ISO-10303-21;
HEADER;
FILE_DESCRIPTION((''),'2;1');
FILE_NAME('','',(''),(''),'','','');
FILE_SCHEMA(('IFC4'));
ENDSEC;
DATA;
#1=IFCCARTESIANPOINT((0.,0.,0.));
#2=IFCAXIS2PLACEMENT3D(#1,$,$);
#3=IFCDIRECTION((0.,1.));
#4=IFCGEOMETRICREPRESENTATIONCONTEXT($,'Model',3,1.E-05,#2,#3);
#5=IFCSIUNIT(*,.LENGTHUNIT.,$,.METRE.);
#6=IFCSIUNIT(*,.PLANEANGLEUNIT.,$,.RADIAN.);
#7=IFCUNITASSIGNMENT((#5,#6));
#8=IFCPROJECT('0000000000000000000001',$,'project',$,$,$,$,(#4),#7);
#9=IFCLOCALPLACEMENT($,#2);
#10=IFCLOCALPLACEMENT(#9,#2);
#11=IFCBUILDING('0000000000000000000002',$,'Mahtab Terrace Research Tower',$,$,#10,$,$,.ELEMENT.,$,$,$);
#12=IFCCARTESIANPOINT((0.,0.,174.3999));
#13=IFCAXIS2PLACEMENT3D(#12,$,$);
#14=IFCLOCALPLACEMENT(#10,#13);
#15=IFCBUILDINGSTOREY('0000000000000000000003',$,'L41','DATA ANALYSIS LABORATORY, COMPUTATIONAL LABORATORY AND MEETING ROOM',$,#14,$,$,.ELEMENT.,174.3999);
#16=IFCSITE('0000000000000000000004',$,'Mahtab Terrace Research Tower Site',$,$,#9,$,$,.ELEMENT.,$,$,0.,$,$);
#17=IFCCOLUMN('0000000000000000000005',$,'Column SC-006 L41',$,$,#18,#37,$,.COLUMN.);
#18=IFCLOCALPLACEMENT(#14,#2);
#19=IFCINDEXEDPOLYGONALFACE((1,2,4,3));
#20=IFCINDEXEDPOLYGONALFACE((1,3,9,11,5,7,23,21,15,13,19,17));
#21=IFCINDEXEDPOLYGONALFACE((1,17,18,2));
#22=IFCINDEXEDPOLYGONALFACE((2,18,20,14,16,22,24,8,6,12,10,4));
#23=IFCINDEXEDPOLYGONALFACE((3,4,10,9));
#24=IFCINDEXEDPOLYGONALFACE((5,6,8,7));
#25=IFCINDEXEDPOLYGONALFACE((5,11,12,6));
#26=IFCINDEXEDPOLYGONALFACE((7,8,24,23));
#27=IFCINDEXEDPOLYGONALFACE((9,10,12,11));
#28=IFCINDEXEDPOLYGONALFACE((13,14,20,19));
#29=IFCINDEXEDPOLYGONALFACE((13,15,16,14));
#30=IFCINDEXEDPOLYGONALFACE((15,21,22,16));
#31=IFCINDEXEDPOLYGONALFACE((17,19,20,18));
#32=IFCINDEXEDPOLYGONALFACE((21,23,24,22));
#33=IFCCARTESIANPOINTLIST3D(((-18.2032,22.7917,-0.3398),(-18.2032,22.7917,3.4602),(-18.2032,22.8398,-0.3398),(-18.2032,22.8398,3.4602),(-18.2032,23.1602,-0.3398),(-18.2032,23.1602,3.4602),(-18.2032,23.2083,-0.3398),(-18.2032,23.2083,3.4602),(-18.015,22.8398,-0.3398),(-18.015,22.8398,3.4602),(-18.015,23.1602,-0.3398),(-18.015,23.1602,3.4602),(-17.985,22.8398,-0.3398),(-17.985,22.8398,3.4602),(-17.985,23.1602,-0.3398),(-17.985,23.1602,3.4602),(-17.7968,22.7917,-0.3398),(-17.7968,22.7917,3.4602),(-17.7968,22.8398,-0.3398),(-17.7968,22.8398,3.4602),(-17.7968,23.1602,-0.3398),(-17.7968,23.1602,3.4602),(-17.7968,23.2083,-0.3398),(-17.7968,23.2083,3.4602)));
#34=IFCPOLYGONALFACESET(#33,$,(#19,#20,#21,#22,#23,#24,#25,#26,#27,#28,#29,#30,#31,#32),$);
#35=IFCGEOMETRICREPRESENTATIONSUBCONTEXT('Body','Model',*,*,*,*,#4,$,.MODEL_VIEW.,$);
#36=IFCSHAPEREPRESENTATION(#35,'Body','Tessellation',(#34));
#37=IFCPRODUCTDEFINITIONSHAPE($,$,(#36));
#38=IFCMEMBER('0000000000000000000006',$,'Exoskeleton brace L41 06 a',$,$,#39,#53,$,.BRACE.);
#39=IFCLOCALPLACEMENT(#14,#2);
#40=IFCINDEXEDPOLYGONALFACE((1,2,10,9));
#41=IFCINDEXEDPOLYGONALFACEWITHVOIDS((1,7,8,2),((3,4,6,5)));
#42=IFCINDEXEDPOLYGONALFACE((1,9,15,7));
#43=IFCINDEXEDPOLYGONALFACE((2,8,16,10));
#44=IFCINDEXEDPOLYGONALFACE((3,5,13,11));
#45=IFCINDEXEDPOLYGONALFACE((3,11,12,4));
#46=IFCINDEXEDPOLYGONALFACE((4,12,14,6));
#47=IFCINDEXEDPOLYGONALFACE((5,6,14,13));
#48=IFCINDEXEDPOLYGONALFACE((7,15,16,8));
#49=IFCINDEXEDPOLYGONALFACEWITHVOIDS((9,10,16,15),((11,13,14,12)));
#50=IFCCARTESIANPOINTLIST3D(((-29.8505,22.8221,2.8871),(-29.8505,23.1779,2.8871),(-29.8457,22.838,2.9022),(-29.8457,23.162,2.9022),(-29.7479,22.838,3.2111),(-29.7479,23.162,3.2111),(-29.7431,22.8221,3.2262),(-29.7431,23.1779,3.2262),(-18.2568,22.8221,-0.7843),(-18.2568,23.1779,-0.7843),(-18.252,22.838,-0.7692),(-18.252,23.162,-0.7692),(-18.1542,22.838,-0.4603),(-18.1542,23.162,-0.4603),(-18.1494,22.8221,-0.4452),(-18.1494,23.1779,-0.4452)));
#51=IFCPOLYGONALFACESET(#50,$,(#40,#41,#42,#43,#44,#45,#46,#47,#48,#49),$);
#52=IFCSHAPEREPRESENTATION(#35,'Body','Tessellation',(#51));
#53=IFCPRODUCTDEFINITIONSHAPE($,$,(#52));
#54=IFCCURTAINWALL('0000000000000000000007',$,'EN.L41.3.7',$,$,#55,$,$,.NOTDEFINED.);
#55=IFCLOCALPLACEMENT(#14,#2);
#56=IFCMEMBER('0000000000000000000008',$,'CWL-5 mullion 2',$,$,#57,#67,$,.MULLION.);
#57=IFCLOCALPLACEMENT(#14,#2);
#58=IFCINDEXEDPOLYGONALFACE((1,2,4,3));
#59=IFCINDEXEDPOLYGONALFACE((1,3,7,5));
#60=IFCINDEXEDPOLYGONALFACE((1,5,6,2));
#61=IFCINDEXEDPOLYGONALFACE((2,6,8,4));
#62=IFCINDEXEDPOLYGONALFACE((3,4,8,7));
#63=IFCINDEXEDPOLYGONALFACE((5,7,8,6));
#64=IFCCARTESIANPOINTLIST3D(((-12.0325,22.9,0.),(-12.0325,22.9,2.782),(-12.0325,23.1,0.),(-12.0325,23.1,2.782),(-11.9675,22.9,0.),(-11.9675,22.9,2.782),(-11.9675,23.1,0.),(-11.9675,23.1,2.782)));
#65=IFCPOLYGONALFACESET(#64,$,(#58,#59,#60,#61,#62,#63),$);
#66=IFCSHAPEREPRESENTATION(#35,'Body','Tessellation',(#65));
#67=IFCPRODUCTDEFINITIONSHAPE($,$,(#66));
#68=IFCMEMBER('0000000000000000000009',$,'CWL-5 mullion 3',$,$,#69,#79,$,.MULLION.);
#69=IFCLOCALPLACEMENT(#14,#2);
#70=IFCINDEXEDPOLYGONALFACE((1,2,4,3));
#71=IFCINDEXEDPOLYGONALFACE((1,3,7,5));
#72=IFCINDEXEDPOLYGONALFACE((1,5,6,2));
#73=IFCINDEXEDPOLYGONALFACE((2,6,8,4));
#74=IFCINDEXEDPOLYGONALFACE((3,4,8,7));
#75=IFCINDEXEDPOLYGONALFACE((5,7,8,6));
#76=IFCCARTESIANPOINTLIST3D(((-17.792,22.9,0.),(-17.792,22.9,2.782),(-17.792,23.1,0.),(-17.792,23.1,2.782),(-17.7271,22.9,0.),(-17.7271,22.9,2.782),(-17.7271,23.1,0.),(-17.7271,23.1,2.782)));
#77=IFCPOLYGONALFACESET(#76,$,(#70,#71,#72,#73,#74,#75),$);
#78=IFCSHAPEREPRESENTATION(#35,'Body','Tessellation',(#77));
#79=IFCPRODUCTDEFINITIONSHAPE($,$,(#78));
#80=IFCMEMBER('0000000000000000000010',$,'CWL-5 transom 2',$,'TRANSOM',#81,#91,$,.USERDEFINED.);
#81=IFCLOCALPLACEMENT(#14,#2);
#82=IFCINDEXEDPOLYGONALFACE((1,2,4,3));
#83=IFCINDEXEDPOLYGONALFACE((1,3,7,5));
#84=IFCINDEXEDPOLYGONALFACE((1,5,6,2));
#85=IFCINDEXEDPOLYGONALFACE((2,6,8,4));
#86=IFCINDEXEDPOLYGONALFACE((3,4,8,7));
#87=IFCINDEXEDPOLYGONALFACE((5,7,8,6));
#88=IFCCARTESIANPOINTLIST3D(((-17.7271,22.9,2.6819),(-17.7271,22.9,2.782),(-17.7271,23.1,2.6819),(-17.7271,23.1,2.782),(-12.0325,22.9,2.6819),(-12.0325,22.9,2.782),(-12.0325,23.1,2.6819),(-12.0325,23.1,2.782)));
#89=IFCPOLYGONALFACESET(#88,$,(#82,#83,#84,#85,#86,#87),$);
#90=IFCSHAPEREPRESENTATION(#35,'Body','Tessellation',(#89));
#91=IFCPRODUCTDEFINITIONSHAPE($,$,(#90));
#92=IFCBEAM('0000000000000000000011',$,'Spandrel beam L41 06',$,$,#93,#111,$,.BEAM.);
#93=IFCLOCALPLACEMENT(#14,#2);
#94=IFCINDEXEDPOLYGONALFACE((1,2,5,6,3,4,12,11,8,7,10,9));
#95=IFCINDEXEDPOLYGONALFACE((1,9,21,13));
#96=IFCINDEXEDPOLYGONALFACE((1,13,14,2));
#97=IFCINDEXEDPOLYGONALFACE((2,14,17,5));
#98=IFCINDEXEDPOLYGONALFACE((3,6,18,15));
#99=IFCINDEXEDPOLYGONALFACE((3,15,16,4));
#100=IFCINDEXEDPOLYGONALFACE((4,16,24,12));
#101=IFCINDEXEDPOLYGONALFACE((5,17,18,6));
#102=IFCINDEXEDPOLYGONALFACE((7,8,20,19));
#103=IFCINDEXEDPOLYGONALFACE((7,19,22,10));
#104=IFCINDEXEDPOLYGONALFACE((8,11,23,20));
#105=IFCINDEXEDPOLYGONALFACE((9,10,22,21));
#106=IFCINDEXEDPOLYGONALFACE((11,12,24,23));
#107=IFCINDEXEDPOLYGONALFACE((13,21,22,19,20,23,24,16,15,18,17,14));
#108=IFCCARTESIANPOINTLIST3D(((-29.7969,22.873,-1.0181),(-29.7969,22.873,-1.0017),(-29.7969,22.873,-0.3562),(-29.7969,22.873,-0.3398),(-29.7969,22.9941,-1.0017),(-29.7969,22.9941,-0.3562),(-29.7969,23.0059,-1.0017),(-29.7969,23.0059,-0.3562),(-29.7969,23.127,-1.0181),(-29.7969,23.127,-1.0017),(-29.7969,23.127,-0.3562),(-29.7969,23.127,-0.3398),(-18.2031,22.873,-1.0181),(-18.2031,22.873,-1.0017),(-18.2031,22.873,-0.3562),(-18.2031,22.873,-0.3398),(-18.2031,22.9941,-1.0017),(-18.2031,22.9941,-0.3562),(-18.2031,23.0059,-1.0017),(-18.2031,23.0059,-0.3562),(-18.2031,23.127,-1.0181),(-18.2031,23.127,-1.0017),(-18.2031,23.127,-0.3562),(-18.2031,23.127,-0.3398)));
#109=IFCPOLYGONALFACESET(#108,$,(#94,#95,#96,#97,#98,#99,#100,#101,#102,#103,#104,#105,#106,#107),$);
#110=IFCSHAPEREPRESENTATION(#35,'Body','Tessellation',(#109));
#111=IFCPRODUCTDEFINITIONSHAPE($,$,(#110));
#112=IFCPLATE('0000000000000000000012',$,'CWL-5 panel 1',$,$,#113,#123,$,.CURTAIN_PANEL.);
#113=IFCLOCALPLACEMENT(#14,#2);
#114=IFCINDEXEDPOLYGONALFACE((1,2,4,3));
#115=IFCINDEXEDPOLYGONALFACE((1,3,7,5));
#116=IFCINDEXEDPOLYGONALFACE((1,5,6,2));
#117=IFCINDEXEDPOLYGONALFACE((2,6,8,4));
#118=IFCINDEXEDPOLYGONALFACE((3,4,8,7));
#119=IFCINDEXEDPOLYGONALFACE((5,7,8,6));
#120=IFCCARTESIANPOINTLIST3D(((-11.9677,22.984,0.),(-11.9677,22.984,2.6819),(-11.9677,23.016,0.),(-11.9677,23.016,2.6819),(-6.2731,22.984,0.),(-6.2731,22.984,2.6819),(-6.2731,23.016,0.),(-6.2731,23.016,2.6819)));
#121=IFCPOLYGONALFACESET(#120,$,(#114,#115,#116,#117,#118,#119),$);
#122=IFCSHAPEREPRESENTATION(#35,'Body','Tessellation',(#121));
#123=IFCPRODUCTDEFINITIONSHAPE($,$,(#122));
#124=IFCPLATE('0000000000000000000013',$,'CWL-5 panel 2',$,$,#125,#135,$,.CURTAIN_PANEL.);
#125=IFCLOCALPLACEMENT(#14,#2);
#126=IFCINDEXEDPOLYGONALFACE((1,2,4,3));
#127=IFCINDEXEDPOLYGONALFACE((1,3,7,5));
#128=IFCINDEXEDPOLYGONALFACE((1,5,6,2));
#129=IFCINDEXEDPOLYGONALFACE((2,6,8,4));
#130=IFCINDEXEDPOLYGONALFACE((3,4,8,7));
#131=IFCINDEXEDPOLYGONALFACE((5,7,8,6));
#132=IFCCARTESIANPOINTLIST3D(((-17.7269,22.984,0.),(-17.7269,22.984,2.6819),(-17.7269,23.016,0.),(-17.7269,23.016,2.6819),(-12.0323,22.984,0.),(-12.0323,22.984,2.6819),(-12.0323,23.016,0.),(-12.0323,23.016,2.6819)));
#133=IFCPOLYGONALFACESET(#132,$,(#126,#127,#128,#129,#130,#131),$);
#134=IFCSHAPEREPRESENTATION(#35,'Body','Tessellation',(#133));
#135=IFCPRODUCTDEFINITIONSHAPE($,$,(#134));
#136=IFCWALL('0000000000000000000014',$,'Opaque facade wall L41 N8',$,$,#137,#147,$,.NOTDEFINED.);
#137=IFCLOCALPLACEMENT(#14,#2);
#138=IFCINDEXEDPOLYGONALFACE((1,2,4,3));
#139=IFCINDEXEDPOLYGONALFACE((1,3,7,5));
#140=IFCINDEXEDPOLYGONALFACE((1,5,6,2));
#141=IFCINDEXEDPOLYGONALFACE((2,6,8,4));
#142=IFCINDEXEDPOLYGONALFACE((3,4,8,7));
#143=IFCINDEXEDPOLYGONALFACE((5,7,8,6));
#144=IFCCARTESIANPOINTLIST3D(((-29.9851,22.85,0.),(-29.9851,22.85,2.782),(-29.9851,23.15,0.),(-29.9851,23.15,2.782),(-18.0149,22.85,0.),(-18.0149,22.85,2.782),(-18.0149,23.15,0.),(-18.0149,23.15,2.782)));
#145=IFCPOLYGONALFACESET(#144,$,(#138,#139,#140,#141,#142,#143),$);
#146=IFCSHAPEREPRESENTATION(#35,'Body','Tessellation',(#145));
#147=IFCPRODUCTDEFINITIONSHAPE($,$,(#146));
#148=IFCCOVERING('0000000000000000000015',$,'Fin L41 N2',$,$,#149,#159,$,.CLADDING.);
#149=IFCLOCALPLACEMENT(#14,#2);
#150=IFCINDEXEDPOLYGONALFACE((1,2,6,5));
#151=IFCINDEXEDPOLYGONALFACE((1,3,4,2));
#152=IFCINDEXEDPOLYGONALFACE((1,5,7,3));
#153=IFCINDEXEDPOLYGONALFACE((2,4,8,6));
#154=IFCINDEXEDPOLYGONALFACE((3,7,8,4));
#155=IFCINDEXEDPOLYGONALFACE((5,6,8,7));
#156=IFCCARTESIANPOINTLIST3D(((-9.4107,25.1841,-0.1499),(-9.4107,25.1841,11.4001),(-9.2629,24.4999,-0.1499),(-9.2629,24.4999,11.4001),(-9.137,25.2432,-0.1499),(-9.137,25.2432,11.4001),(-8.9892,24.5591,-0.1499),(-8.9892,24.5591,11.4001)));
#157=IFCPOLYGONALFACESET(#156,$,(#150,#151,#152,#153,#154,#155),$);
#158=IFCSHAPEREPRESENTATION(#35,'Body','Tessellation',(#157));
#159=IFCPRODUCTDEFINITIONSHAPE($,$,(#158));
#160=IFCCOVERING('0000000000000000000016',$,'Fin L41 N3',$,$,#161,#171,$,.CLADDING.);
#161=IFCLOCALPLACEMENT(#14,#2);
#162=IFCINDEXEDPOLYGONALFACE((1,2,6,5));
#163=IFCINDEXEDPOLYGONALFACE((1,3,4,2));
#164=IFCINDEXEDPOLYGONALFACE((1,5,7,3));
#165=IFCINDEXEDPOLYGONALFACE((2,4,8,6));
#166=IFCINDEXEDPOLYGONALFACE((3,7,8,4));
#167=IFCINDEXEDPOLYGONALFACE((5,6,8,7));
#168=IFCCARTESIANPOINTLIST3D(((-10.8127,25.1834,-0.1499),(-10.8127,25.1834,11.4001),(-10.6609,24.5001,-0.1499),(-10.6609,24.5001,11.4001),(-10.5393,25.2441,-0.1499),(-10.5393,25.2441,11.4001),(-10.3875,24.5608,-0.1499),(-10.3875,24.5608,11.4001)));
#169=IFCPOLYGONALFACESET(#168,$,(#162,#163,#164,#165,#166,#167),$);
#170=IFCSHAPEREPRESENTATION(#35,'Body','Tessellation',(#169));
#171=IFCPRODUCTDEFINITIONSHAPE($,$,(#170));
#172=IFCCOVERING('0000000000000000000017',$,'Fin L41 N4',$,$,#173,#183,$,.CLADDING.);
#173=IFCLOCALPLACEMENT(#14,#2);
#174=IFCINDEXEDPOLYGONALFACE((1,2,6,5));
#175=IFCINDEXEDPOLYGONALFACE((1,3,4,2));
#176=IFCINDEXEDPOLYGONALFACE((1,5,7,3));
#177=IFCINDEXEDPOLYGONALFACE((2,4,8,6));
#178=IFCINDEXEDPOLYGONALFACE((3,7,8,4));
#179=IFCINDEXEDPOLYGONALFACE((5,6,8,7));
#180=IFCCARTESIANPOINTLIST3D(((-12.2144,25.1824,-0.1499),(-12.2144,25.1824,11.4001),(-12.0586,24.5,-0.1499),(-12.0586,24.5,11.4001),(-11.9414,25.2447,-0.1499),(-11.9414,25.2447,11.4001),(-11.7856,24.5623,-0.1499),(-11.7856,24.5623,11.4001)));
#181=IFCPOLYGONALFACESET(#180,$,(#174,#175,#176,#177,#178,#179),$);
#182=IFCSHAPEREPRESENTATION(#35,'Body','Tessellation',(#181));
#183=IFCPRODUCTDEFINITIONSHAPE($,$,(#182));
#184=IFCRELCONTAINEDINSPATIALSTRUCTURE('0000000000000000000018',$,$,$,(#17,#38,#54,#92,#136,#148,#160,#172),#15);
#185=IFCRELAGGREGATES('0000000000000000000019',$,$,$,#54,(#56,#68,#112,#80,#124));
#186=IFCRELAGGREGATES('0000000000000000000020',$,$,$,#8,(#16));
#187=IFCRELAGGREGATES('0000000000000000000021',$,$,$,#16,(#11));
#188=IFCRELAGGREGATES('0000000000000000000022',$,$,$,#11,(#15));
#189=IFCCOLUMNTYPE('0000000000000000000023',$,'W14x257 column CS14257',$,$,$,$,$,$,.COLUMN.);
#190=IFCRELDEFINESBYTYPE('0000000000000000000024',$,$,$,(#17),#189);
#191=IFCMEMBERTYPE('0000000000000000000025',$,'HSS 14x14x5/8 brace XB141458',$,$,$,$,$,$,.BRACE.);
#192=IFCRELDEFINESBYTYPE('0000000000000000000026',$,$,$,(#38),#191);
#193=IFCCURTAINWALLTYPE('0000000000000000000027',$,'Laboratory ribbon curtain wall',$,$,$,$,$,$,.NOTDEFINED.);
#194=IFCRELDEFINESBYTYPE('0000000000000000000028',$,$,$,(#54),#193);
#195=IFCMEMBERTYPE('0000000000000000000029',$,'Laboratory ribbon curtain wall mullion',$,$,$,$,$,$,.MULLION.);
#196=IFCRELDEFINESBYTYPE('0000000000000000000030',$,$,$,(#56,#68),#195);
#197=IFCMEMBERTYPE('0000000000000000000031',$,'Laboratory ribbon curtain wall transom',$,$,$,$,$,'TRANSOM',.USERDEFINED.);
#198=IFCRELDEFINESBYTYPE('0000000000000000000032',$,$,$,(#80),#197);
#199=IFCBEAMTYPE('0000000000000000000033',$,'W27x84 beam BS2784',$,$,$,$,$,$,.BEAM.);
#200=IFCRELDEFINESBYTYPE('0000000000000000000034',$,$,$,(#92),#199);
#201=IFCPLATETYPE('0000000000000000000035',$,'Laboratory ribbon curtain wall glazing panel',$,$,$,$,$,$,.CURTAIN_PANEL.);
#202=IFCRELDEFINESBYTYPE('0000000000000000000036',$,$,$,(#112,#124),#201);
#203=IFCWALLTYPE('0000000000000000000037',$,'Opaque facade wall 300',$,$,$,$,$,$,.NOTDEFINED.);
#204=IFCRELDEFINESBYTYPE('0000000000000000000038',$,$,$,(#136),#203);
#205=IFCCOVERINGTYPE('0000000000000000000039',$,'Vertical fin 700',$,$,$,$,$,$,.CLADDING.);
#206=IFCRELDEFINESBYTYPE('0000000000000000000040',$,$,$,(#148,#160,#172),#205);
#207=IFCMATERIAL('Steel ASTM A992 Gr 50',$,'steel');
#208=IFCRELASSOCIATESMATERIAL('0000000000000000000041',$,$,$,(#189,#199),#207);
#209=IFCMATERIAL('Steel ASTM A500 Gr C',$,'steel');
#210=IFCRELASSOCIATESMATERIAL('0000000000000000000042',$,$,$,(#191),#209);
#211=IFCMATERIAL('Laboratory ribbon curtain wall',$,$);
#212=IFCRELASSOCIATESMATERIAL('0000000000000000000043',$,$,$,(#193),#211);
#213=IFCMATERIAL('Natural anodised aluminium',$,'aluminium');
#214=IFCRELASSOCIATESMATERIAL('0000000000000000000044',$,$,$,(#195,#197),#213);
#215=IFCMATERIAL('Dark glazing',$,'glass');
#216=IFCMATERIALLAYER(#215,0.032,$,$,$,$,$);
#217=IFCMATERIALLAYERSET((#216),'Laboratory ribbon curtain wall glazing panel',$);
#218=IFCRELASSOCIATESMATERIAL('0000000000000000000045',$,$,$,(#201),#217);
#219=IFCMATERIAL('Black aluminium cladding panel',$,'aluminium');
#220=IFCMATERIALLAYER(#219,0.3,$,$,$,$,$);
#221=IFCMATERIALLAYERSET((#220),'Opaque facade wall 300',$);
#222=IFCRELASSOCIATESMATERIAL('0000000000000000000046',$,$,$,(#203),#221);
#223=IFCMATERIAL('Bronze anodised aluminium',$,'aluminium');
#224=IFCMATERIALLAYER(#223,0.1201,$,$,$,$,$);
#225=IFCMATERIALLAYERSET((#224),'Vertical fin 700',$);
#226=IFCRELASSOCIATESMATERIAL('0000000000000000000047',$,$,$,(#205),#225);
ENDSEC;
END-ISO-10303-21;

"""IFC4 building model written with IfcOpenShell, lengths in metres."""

from ifc_helpers import new_model, si_unit, direction, frame, frame_2d, origin, origin_2d, place, context, subcontext, project, spatial, rectangle, hollow_rectangle, i_section, extrude, material, layer, layer_set, material_profile, profile_set, type_object, element, aggregate, save


model = new_model("IFC4")

# Units and contexts
model_context = context("Model", 3, precision=1e-05, world=origin(), true_north=direction((0.0, 1.0)))
body_context = subcontext(model_context, "Body", "Model", "MODEL_VIEW")
ifc_project = project(units=[si_unit("LENGTHUNIT", "METRE"), si_unit("PLANEANGLEUNIT", "RADIAN")], contexts=[model_context])

# Site, building, storey
site_placement = place(None, origin())
site = spatial("IfcSite", under=ifc_project, at=site_placement, Name="Mahtab Terrace Research Tower Site", CompositionType="ELEMENT", RefElevation=0.0)
building_placement = place(site_placement, origin())
building = spatial("IfcBuilding", under=site, at=building_placement, Name="Mahtab Terrace Research Tower", CompositionType="ELEMENT")
storey_placement = place(building_placement, frame((0.0, 0.0, 174.3999)))
storey = spatial("IfcBuildingStorey", under=building, at=storey_placement, Name="L41", Description="DATA ANALYSIS LABORATORY, COMPUTATIONAL LABORATORY AND MEETING ROOM", CompositionType="ELEMENT", Elevation=174.3999)

# Column
ifc_material_1 = material(Name="Steel ASTM A992 Gr 50", Category="steel")
ifc_material_profile_1 = material_profile(ifc_material_1, i_section(OverallWidth=0.4065, OverallDepth=0.4165, WebThickness=0.03, FlangeThickness=0.0481, at=origin_2d()), Name="W14X257")
ifc_profile_set_1 = profile_set([ifc_material_profile_1], Name="Steel ASTM A992 Gr 50")
column_type = type_object("IfcColumnType", Name="W14x257 column CS14257", PredefinedType="COLUMN", material=ifc_profile_set_1)
column_placement = place(storey_placement, frame((-18.0, 23.0, -0.3398), z_axis=(0.0, 0.0, 1.0), x_axis=(1.0, 0.0, 0.0)))
element("IfcColumn", 1, at=column_placement, inside=storey, type_object=column_type, Name="Column SC-006 L41", PredefinedType="COLUMN", context=body_context, shape_type="SweptSolid", body=[
    extrude(i_section(OverallWidth=0.4065, OverallDepth=0.4165, WebThickness=0.03, FlangeThickness=0.0481, at=origin_2d()), origin(), (0.0, 0.0, 1.0), 3.8),
])

# Member
ifc_material_2 = material(Name="Steel ASTM A500 Gr C", Category="steel")
ifc_material_profile_2 = material_profile(ifc_material_2, hollow_rectangle(XDim=0.3557, YDim=0.3557, WallThickness=0.0159, at=origin_2d()), Name="HSS14X14X5/8")
ifc_profile_set_2 = profile_set([ifc_material_profile_2], Name="Steel ASTM A500 Gr C")
member_type_1 = type_object("IfcMemberType", Name="HSS 14x14x5/8 brace XB141458", PredefinedType="BRACE", material=ifc_profile_set_2)
member_1_placement = place(storey_placement, frame((-18.2031, 23.0, -0.6147), z_axis=(-0.953341, 0.0, 0.301894), x_axis=(0.0, -1.0, 0.0)))
element("IfcMember", 2, at=member_1_placement, inside=storey, type_object=member_type_1, Name="Exoskeleton brace L41 06 a", PredefinedType="BRACE", context=body_context, shape_type="SweptSolid", body=[
    extrude(hollow_rectangle(XDim=0.3557, YDim=0.3557, WallThickness=0.0159, at=origin_2d()), origin(), (0.0, 0.0, 1.0), 12.1611),
])

# Curtain wall, members
ifc_material_3 = material(Name="Laboratory ribbon curtain wall")
curtain_wall_type = type_object("IfcCurtainWallType", Name="Laboratory ribbon curtain wall", PredefinedType="NOTDEFINED", material=ifc_material_3)
curtain_wall_placement = place(storey_placement, origin())
curtain_wall = element("IfcCurtainWall", 3, at=curtain_wall_placement, inside=storey, type_object=curtain_wall_type, Name="EN.L41.3.7", PredefinedType="NOTDEFINED")
ifc_material_4 = material(Name="Natural anodised aluminium", Category="aluminium")
ifc_material_profile_3 = material_profile(ifc_material_4, rectangle(XDim=0.2, YDim=0.0649, at=origin_2d()), Name="MULLION 65x200")
ifc_profile_set_3 = profile_set([ifc_material_profile_3], Name="Natural anodised aluminium")
member_type_2 = type_object("IfcMemberType", Name="Laboratory ribbon curtain wall mullion", PredefinedType="MULLION", material=ifc_profile_set_3)
member_2_placement = place(storey_placement, frame((-12.0, 23.0, 0.0), z_axis=(0.0, 0.0, 1.0), x_axis=(0.0, -1.0, 0.0)))
member_2 = element("IfcMember", 4, at=member_2_placement, type_object=member_type_2, Name="CWL-5 mullion 2", PredefinedType="MULLION", context=body_context, shape_type="SweptSolid", body=[
    extrude(rectangle(XDim=0.2, YDim=0.0649, at=origin_2d()), origin(), (0.0, 0.0, 1.0), 2.782),
])
member_3_placement = place(storey_placement, frame((-17.7595, 23.0, 0.0), z_axis=(0.0, 0.0, 1.0), x_axis=(0.0, -1.0, 0.0)))
member_3 = element("IfcMember", 5, at=member_3_placement, type_object=member_type_2, Name="CWL-5 mullion 3", PredefinedType="MULLION", context=body_context, shape_type="SweptSolid", body=[
    extrude(rectangle(XDim=0.2, YDim=0.0649, at=origin_2d()), origin(), (0.0, 0.0, 1.0), 2.782),
])
ifc_material_profile_4 = material_profile(ifc_material_4, rectangle(XDim=0.2, YDim=0.1001, at=origin_2d()), Name="TRANSOM 100x200")
ifc_profile_set_4 = profile_set([ifc_material_profile_4], Name="Natural anodised aluminium")
member_type_3 = type_object("IfcMemberType", Name="Laboratory ribbon curtain wall transom", ElementType="TRANSOM", PredefinedType="USERDEFINED", material=ifc_profile_set_4)
member_4_placement = place(storey_placement, frame((-12.0325, 23.0, 2.7319), z_axis=(-1.0, 0.0, 0.0), x_axis=(0.0, -1.0, 0.0)))
member_4 = element("IfcMember", 6, at=member_4_placement, type_object=member_type_3, Name="CWL-5 transom 2", ObjectType="TRANSOM", PredefinedType="USERDEFINED", context=body_context, shape_type="SweptSolid", body=[
    extrude(rectangle(XDim=0.2, YDim=0.1001, at=origin_2d()), origin(), (0.0, 0.0, 1.0), 5.6946),
])

# Beam
ifc_material_profile_5 = material_profile(ifc_material_1, i_section(OverallWidth=0.2539, OverallDepth=0.6782, WebThickness=0.0117, FlangeThickness=0.0164, at=origin_2d()), Name="W27X84")
ifc_profile_set_5 = profile_set([ifc_material_profile_5], Name="Steel ASTM A992 Gr 50")
beam_type = type_object("IfcBeamType", Name="W27x84 beam BS2784", PredefinedType="BEAM", material=ifc_profile_set_5)
beam_placement = place(storey_placement, frame((-18.2031, 23.0, -0.679), z_axis=(-1.0, 0.0, 0.0), x_axis=(0.0, -1.0, 0.0)))
element("IfcBeam", 7, at=beam_placement, inside=storey, type_object=beam_type, Name="Spandrel beam L41 06", PredefinedType="BEAM", context=body_context, shape_type="SweptSolid", body=[
    extrude(i_section(OverallWidth=0.2539, OverallDepth=0.6782, WebThickness=0.0117, FlangeThickness=0.0164, at=origin_2d()), origin(), (0.0, 0.0, 1.0), 11.5938),
])

# Plates
ifc_material_5 = material(Name="Dark glazing", Category="glass")
ifc_layer_1 = layer(ifc_material_5, 0.032)
ifc_layer_set_1 = layer_set([ifc_layer_1], Name="Laboratory ribbon curtain wall glazing panel")
plate_type = type_object("IfcPlateType", Name="Laboratory ribbon curtain wall glazing panel", PredefinedType="CURTAIN_PANEL", material=ifc_layer_set_1)
plate_1_placement = place(storey_placement, frame((-9.1204, 23.0, 0.0), z_axis=(0.0, 0.0, 1.0), x_axis=(-1.0, 0.0, 0.0)))
plate_1 = element("IfcPlate", 8, at=plate_1_placement, type_object=plate_type, Name="CWL-5 panel 1", PredefinedType="CURTAIN_PANEL", context=body_context, shape_type="SweptSolid", body=[
    extrude(rectangle(XDim=5.6946, YDim=0.032, at=origin_2d()), origin(), (0.0, 0.0, 1.0), 2.6819),
])
plate_2_placement = place(storey_placement, frame((-14.8796, 23.0, 0.0), z_axis=(0.0, 0.0, 1.0), x_axis=(-1.0, 0.0, 0.0)))
plate_2 = element("IfcPlate", 9, at=plate_2_placement, type_object=plate_type, Name="CWL-5 panel 2", PredefinedType="CURTAIN_PANEL", context=body_context, shape_type="SweptSolid", body=[
    extrude(rectangle(XDim=5.6946, YDim=0.032, at=origin_2d()), origin(), (0.0, 0.0, 1.0), 2.6819),
])
aggregate(curtain_wall, [member_2, member_3, plate_1, member_4, plate_2])

# Wall
ifc_material_6 = material(Name="Black aluminium cladding panel", Category="aluminium")
ifc_layer_2 = layer(ifc_material_6, 0.3)
ifc_layer_set_2 = layer_set([ifc_layer_2], Name="Opaque facade wall 300")
wall_type = type_object("IfcWallType", Name="Opaque facade wall 300", PredefinedType="NOTDEFINED", material=ifc_layer_set_2)
wall_placement = place(storey_placement, frame((-18.0149, 23.0, 0.0), z_axis=(0.0, 0.0, 1.0), x_axis=(-1.0, 0.0, 0.0)))
element("IfcWall", 10, at=wall_placement, inside=storey, type_object=wall_type, Name="Opaque facade wall L41 N8", PredefinedType="NOTDEFINED", context=body_context, shape_type="SweptSolid", body=[
    extrude(rectangle(XDim=11.9702, YDim=0.3, at=frame_2d((5.9851, 0.0))), origin(), (0.0, 0.0, 1.0), 2.782),
])

# Coverings
ifc_material_7 = material(Name="Bronze anodised aluminium", Category="aluminium")
ifc_layer_3 = layer(ifc_material_7, 0.1201)
ifc_layer_set_3 = layer_set([ifc_layer_3], Name="Vertical fin 700")
covering_type = type_object("IfcCoveringType", Name="Vertical fin 700", PredefinedType="CLADDING", material=ifc_layer_set_3)
for number, where, z_axis, x_axis, name in (
    (11, (-9.2, 24.8716, -0.1499), (0.0, 0.0, 1.0), (-0.977451, -0.211162, 0.0), "Fin L41 N2"),
    (12, (-10.6001, 24.8721, -0.1499), (0.0, 0.0, 1.0), (-0.976206, -0.216845, 0.0), "Fin L41 N3"),
    (13, (-12.0, 24.8723, -0.1499), (0.0, 0.0, 1.0), (-0.974928, -0.222521, 0.0), "Fin L41 N4"),
):
    element("IfcCovering", number, at=place(storey_placement, frame(where, z_axis=z_axis, x_axis=x_axis)), inside=storey, type_object=covering_type, Name=name, PredefinedType="CLADDING", context=body_context, shape_type="SweptSolid", body=[
        extrude(rectangle(XDim=0.28, YDim=0.7, at=origin_2d()), origin(), (0.0, 0.0, 1.0), 11.55),
    ])

save(model, "model.ifc")
